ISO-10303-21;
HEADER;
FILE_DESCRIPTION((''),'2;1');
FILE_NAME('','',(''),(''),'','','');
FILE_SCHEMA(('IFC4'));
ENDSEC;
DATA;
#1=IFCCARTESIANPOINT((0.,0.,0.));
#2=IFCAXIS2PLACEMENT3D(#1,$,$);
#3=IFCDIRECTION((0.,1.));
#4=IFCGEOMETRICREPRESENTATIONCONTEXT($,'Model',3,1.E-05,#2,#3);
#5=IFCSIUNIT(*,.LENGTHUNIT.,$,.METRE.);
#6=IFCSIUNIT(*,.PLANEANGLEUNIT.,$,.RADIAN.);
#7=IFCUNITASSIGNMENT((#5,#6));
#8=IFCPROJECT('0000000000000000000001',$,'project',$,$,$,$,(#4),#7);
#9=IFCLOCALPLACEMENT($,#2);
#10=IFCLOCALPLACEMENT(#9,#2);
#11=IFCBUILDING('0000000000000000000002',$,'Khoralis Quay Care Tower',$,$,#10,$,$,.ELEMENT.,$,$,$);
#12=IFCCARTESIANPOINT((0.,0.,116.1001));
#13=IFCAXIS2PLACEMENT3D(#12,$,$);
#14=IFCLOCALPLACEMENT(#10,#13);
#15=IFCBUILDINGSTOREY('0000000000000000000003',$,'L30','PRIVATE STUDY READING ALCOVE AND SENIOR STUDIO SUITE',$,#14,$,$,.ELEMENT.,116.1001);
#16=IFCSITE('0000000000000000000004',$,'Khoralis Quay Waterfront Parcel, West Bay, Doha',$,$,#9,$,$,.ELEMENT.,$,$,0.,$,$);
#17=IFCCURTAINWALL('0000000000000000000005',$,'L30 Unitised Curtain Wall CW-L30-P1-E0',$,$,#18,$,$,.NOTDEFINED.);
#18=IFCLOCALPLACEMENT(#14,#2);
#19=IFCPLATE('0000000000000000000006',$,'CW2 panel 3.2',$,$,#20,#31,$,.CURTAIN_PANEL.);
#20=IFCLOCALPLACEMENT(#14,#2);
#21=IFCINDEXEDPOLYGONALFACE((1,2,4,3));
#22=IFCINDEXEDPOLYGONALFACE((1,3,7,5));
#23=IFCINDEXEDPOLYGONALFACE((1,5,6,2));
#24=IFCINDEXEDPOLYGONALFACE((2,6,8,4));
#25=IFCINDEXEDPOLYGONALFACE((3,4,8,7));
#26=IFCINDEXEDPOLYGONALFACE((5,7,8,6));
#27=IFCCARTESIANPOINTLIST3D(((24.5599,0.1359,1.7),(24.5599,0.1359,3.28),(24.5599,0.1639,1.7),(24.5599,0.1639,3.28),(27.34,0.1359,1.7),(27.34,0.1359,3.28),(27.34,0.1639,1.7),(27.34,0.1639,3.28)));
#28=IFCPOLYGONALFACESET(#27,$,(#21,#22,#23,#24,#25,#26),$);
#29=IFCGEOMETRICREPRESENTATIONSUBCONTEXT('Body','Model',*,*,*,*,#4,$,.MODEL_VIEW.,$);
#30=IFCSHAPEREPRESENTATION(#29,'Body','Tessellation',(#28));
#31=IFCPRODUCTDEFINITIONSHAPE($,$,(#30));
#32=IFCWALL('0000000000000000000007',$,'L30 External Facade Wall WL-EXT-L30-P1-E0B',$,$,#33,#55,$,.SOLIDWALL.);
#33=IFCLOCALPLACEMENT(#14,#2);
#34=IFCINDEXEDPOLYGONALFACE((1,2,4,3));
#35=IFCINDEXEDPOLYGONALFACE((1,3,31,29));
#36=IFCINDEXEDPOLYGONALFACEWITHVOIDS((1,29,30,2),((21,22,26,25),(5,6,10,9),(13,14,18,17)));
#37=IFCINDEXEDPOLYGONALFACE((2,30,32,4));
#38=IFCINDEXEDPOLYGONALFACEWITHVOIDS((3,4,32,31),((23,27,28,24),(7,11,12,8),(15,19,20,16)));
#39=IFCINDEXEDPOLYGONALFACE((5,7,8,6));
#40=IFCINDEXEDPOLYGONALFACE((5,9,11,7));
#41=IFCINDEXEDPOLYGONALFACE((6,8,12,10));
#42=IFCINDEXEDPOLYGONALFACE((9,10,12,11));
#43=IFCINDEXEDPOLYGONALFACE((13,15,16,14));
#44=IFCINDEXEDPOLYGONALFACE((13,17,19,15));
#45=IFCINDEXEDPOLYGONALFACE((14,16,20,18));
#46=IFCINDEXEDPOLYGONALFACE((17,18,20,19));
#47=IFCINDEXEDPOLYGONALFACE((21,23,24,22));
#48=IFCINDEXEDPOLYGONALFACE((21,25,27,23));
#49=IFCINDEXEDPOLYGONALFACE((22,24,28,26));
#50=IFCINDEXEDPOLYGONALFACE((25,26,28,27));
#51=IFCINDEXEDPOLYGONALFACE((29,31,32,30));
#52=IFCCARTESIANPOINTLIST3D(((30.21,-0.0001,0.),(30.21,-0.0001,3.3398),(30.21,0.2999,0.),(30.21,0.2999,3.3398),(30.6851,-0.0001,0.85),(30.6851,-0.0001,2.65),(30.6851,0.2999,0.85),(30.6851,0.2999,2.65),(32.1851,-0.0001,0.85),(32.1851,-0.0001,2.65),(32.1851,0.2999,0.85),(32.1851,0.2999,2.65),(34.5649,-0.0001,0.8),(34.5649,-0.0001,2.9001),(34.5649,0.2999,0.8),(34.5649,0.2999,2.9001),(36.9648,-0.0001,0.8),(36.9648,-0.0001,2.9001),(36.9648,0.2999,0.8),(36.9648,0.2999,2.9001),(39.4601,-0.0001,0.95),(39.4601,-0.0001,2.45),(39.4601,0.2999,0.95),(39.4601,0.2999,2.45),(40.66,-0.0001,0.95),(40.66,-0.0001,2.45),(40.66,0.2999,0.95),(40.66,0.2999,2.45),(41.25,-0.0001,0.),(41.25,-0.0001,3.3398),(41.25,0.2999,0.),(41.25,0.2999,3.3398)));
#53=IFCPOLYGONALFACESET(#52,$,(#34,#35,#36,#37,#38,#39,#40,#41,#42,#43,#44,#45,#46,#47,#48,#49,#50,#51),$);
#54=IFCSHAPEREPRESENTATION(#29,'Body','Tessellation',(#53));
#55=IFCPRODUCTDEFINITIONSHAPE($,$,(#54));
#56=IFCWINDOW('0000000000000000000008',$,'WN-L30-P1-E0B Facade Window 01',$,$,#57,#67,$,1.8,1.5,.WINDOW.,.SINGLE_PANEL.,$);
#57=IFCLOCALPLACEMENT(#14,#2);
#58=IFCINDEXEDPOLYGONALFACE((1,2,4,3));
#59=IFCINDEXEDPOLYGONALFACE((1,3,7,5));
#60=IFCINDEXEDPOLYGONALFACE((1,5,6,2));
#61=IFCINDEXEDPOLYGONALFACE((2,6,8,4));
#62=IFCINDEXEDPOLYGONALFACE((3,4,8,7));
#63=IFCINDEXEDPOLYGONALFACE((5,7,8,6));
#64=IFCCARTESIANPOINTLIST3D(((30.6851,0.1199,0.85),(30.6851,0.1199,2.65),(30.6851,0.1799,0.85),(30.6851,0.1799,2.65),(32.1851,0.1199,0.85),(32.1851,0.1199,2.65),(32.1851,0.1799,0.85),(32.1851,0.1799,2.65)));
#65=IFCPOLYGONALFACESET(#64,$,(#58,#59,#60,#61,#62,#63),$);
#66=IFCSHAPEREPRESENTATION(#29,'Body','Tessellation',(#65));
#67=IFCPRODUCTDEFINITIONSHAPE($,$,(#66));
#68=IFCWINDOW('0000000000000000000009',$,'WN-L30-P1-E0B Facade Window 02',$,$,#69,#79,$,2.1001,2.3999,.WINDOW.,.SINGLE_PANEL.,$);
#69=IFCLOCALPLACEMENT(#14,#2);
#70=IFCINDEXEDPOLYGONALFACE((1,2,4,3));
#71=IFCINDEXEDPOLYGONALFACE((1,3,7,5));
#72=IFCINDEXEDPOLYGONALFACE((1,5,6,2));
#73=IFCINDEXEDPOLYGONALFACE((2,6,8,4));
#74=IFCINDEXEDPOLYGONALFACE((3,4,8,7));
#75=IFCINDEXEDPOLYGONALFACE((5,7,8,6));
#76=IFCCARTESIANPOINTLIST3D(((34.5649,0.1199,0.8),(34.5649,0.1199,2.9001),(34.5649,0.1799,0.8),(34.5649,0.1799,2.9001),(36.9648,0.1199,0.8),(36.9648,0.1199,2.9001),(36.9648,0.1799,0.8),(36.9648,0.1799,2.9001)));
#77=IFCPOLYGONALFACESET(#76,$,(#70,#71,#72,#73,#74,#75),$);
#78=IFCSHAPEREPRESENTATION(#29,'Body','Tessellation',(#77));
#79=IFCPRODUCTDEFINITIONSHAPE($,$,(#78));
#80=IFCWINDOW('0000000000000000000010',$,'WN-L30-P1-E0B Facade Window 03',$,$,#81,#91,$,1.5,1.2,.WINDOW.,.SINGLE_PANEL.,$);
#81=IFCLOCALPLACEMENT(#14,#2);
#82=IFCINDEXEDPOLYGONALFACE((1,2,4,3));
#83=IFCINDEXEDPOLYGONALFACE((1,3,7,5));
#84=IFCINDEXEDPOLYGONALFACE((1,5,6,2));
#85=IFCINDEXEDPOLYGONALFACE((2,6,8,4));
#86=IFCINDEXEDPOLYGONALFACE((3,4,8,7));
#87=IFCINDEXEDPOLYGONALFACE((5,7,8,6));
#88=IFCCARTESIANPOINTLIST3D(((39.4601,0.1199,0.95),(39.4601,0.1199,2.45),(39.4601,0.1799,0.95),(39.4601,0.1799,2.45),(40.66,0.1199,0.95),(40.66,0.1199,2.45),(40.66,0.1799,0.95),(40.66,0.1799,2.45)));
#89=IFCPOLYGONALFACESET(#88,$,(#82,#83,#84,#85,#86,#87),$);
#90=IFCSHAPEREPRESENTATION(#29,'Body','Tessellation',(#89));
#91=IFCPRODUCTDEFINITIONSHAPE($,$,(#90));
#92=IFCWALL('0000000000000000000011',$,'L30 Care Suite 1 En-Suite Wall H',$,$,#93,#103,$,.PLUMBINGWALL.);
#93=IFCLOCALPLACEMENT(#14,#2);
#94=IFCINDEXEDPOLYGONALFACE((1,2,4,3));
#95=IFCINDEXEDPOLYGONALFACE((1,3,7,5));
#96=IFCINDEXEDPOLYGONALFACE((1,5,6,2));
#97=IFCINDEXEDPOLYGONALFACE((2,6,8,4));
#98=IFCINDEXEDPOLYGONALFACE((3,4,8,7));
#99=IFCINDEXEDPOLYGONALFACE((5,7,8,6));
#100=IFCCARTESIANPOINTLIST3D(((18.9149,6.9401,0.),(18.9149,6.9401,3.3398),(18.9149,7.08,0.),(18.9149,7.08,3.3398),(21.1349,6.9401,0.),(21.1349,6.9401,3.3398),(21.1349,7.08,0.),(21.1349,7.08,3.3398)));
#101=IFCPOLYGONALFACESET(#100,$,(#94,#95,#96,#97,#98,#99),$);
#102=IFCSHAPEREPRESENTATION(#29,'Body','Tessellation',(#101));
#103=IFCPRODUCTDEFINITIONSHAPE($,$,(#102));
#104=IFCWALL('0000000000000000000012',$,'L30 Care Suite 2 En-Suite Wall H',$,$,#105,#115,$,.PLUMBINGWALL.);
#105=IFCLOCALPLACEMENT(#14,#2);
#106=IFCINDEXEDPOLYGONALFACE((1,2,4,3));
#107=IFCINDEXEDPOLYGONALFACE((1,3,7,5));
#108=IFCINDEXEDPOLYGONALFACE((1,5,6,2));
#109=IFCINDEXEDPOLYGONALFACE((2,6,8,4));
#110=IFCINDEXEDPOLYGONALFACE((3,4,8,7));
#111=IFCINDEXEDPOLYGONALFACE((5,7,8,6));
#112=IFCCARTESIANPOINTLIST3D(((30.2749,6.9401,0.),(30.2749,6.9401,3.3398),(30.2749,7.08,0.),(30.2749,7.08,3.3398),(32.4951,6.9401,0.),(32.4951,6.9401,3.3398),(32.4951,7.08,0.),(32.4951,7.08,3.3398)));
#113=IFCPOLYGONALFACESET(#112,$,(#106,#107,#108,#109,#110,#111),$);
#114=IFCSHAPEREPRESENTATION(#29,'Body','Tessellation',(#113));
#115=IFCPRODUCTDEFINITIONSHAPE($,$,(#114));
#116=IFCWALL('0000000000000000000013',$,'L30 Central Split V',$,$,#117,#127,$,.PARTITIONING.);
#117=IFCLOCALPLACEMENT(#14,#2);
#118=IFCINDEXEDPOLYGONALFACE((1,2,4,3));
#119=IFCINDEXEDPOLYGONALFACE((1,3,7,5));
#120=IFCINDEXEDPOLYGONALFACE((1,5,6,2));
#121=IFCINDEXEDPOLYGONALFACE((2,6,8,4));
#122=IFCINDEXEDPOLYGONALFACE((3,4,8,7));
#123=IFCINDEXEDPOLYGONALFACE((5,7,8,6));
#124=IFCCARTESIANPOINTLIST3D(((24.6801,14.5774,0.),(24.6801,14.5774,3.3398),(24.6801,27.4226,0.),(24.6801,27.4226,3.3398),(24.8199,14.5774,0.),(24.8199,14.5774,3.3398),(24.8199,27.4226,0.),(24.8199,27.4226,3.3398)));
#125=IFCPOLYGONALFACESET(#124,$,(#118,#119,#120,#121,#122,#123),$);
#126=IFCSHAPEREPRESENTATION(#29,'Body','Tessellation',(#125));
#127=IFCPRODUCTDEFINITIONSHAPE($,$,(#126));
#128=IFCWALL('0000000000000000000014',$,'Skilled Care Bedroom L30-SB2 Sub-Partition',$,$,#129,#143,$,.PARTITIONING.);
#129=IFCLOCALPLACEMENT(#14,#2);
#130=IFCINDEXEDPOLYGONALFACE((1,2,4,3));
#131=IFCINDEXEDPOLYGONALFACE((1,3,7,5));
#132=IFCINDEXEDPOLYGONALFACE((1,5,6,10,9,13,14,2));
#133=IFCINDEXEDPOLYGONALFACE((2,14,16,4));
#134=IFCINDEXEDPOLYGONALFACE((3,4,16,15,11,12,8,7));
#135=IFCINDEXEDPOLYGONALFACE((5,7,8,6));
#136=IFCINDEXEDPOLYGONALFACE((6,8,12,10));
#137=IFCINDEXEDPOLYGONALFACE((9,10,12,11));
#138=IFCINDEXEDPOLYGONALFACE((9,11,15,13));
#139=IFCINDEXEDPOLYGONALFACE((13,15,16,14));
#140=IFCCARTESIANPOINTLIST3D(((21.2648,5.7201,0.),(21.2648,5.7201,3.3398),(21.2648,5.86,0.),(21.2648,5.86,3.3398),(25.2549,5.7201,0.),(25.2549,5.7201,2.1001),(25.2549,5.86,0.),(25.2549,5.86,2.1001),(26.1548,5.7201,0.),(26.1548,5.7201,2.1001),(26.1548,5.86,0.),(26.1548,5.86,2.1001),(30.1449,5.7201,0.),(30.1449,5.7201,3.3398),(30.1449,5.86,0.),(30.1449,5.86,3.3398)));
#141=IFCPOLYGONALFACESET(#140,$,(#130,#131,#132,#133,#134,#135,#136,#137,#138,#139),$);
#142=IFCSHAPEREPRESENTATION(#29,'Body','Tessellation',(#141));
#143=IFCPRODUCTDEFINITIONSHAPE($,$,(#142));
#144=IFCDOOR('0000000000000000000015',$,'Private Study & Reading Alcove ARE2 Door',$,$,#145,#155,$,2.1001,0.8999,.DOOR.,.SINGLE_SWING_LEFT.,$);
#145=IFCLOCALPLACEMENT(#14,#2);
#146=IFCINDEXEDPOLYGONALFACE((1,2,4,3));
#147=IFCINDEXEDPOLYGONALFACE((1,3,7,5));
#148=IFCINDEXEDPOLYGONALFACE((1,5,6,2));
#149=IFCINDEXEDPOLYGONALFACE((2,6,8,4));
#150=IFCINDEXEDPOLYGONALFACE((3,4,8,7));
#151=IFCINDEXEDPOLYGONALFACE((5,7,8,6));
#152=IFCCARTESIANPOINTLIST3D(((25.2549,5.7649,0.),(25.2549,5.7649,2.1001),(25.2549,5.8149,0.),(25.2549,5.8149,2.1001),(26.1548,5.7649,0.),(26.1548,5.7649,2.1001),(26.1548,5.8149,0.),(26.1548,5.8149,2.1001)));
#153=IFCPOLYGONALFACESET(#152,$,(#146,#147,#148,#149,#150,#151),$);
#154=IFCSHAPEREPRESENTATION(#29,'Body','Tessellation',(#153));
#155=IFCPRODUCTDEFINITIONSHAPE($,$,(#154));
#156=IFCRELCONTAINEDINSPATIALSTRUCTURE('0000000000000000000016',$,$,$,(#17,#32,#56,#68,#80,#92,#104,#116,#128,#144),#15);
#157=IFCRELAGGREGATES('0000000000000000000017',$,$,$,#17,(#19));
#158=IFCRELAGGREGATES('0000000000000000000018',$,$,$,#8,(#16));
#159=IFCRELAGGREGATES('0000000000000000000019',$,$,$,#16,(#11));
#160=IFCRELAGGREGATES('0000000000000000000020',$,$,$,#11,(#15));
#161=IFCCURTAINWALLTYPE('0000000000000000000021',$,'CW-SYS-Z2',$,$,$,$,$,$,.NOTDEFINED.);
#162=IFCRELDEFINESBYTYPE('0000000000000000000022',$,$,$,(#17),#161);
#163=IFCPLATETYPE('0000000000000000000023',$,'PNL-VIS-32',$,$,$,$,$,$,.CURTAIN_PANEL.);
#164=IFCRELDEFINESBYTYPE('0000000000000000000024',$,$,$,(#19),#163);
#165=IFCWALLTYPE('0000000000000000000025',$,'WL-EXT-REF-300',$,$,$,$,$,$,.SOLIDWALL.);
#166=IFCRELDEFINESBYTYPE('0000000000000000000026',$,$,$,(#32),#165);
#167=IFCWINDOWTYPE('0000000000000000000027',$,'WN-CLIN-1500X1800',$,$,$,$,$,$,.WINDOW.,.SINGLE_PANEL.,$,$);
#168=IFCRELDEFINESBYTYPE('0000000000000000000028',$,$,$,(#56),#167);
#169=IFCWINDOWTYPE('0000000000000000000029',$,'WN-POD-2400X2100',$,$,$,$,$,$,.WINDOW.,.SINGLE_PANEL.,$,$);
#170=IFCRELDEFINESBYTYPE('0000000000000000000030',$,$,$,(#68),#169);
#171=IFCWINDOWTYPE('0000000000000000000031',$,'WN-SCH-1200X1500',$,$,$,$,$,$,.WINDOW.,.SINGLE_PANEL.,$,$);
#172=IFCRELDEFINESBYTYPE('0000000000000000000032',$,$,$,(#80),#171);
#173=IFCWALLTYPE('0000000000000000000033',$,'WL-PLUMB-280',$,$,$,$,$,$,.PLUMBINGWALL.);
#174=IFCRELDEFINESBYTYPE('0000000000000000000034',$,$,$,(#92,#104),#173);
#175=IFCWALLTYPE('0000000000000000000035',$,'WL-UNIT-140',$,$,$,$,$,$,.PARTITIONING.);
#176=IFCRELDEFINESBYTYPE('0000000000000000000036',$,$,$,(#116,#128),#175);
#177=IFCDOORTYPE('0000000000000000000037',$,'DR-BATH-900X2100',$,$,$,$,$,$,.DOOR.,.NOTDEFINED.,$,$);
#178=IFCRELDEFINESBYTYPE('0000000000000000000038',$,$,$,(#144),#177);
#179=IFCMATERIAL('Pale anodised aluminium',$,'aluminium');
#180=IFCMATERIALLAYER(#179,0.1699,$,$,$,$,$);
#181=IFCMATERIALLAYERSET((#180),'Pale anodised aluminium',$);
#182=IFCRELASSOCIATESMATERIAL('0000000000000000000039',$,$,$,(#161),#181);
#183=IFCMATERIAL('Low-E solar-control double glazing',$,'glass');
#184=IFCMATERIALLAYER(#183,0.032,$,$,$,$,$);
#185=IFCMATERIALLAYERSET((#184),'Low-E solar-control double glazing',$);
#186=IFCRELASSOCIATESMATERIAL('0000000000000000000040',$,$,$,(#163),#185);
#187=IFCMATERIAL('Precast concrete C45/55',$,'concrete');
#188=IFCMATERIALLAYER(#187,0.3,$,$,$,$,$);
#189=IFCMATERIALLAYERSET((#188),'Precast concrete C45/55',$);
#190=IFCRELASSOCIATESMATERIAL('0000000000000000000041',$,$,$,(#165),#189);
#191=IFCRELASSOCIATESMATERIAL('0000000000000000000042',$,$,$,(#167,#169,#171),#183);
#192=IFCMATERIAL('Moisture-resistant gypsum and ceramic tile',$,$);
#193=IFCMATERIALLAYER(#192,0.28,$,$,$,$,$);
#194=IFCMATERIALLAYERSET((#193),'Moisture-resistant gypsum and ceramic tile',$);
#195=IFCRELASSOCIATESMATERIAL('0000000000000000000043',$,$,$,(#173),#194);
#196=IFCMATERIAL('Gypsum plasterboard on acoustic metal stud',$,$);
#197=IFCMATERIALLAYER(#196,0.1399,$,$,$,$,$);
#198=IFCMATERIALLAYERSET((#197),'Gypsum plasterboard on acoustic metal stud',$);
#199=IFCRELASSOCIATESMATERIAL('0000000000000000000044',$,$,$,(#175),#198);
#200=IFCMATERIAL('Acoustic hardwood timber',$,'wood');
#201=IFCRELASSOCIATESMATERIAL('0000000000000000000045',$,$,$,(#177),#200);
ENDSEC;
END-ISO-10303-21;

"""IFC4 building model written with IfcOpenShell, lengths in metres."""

from ifc_helpers import new_model, si_unit, direction, frame, frame_2d, origin, origin_2d, place, context, subcontext, project, spatial, rectangle, extrude, source, transform, mapped, material, layer, layer_set, type_object, element, fill, aggregate, save


model = new_model("IFC4")

# Units and contexts
model_context = context("Model", 3, precision=1e-05, world=origin(), true_north=direction((0.0, 1.0)))
body_context = subcontext(model_context, "Body", "Model", "MODEL_VIEW")
ifc_project = project(units=[si_unit("LENGTHUNIT", "METRE"), si_unit("PLANEANGLEUNIT", "RADIAN")], contexts=[model_context])

# Site, building, storey
site_placement = place(None, origin())
site = spatial("IfcSite", under=ifc_project, at=site_placement, Name="Khoralis Quay Waterfront Parcel, West Bay, Doha", CompositionType="ELEMENT", RefElevation=0.0)
building_placement = place(site_placement, origin())
building = spatial("IfcBuilding", under=site, at=building_placement, Name="Khoralis Quay Care Tower", CompositionType="ELEMENT")
storey_placement = place(building_placement, frame((0.0, 0.0, 116.1001)))
storey = spatial("IfcBuildingStorey", under=building, at=storey_placement, Name="L30", Description="PRIVATE STUDY READING ALCOVE AND SENIOR STUDIO SUITE", CompositionType="ELEMENT", Elevation=116.1001)

# Curtain wall, plate
ifc_material_1 = material(Name="Pale anodised aluminium", Category="aluminium")
ifc_layer_1 = layer(ifc_material_1, 0.1699)
ifc_layer_set_1 = layer_set([ifc_layer_1], Name="Pale anodised aluminium")
curtain_wall_type = type_object("IfcCurtainWallType", Name="CW-SYS-Z2", PredefinedType="NOTDEFINED", material=ifc_layer_set_1)
curtain_wall_placement = place(storey_placement, origin())
curtain_wall = element("IfcCurtainWall", 1, at=curtain_wall_placement, inside=storey, type_object=curtain_wall_type, Name="L30 Unitised Curtain Wall CW-L30-P1-E0", PredefinedType="NOTDEFINED")
ifc_material_2 = material(Name="Low-E solar-control double glazing", Category="glass")
ifc_layer_2 = layer(ifc_material_2, 0.032)
ifc_layer_set_2 = layer_set([ifc_layer_2], Name="Low-E solar-control double glazing")
plate_type = type_object("IfcPlateType", Name="PNL-VIS-32", PredefinedType="CURTAIN_PANEL", material=ifc_layer_set_2)
shared_shape_1 = source(origin(), body_context, "Body", "SweptSolid", [
    extrude(rectangle(XDim=2.78, YDim=0.0281, at=origin_2d()), origin(), (0.0, 0.0, 1.0), 1.5801),
])
plate_1_placement = place(storey_placement, frame((25.95, 0.1499, 1.7), z_axis=(0.0, 0.0, 1.0), x_axis=(1.0, 0.0, 0.0)))
plate_1 = element("IfcPlate", 2, at=plate_1_placement, type_object=plate_type, Name="CW2 panel 3.2", PredefinedType="CURTAIN_PANEL", context=body_context, shape_type="MappedRepresentation", body=[
    mapped(shared_shape_1, transform((0.0, 0.0, 0.0), scale=1.0)),
])
aggregate(curtain_wall, [plate_1])

# Wall, openings, windows
ifc_material_3 = material(Name="Precast concrete C45/55", Category="concrete")
ifc_layer_3 = layer(ifc_material_3, 0.3)
ifc_layer_set_3 = layer_set([ifc_layer_3], Name="Precast concrete C45/55")
wall_type_1 = type_object("IfcWallType", Name="WL-EXT-REF-300", PredefinedType="SOLIDWALL", material=ifc_layer_set_3)
wall_1_placement = place(storey_placement, frame((30.21, 0.1499, 0.0), z_axis=(0.0, 0.0, 1.0), x_axis=(1.0, 0.0, 0.0)))
wall_1 = element("IfcWall", 3, at=wall_1_placement, inside=storey, type_object=wall_type_1, Name="L30 External Facade Wall WL-EXT-L30-P1-E0B", PredefinedType="SOLIDWALL", context=body_context, shape_type="SweptSolid", body=[
    extrude(rectangle(XDim=11.04, YDim=0.3, at=frame_2d((5.52, 0.0))), origin(), (0.0, 0.0, 1.0), 3.3398),
])
opening_1_placement = place(wall_1_placement, frame((0.4751, 0.0, 0.8501)))
opening_1 = element("IfcOpeningElement", 4, at=opening_1_placement, cuts=wall_1, PredefinedType="OPENING", context=body_context, shape_type="SweptSolid", body=[
    extrude(rectangle(XDim=1.5, YDim=1.8, at=frame_2d((0.75, 0.8999))), frame((0.0, 0.1602, 0.0), z_axis=(0.0, -1.0, 0.0), x_axis=(1.0, 0.0, 0.0)), (0.0, 0.0, 1.0), 0.3201),
])
opening_2_placement = place(wall_1_placement, frame((4.355, 0.0, 0.8)))
opening_2 = element("IfcOpeningElement", 5, at=opening_2_placement, cuts=wall_1, PredefinedType="OPENING", context=body_context, shape_type="SweptSolid", body=[
    extrude(rectangle(XDim=2.3999, YDim=2.1001, at=frame_2d((1.2, 1.05))), frame((0.0, 0.1602, 0.0), z_axis=(0.0, -1.0, 0.0), x_axis=(1.0, 0.0, 0.0)), (0.0, 0.0, 1.0), 0.3201),
])
opening_3_placement = place(wall_1_placement, frame((9.25, 0.0, 0.95)))
opening_3 = element("IfcOpeningElement", 6, at=opening_3_placement, cuts=wall_1, PredefinedType="OPENING", context=body_context, shape_type="SweptSolid", body=[
    extrude(rectangle(XDim=1.2, YDim=1.5, at=frame_2d((0.6001, 0.75))), frame((0.0, 0.1602, 0.0), z_axis=(0.0, -1.0, 0.0), x_axis=(1.0, 0.0, 0.0)), (0.0, 0.0, 1.0), 0.3201),
])
window_type_1 = type_object("IfcWindowType", Name="WN-CLIN-1500X1800", PartitioningType="SINGLE_PANEL", PredefinedType="WINDOW", material=ifc_material_2)
shared_shape_2 = source(origin(), body_context, "Body", "SweptSolid", [
    extrude(rectangle(XDim=1.5, YDim=1.8, at=frame_2d((0.75, 0.8999))), frame((0.0, 0.03, 0.0), z_axis=(0.0, -1.0, 0.0), x_axis=(1.0, 0.0, 0.0)), (0.0, 0.0, 1.0), 0.0601),
])
window_1_placement = place(opening_1_placement, origin())
window_1 = element("IfcWindow", 7, at=window_1_placement, inside=storey, type_object=window_type_1, Name="WN-L30-P1-E0B Facade Window 01", OverallHeight=1.8, OverallWidth=1.5, PartitioningType="SINGLE_PANEL", PredefinedType="WINDOW", context=body_context, shape_type="MappedRepresentation", body=[
    mapped(shared_shape_2, transform((0.0, 0.0, 0.0), scale=1.0)),
])
fill(opening_1, window_1)
window_type_2 = type_object("IfcWindowType", Name="WN-POD-2400X2100", PartitioningType="SINGLE_PANEL", PredefinedType="WINDOW", material=ifc_material_2)
shared_shape_3 = source(origin(), body_context, "Body", "SweptSolid", [
    extrude(rectangle(XDim=2.3999, YDim=2.1001, at=frame_2d((1.2, 1.05))), frame((0.0, 0.03, 0.0), z_axis=(0.0, -1.0, 0.0), x_axis=(1.0, 0.0, 0.0)), (0.0, 0.0, 1.0), 0.0601),
])
window_2_placement = place(opening_2_placement, origin())
window_2 = element("IfcWindow", 8, at=window_2_placement, inside=storey, type_object=window_type_2, Name="WN-L30-P1-E0B Facade Window 02", OverallHeight=2.1001, OverallWidth=2.3999, PartitioningType="SINGLE_PANEL", PredefinedType="WINDOW", context=body_context, shape_type="MappedRepresentation", body=[
    mapped(shared_shape_3, transform((0.0, 0.0, 0.0), scale=1.0)),
])
fill(opening_2, window_2)
window_type_3 = type_object("IfcWindowType", Name="WN-SCH-1200X1500", PartitioningType="SINGLE_PANEL", PredefinedType="WINDOW", material=ifc_material_2)
shared_shape_4 = source(origin(), body_context, "Body", "SweptSolid", [
    extrude(rectangle(XDim=1.2, YDim=1.5, at=frame_2d((0.6001, 0.75))), frame((0.0, 0.03, 0.0), z_axis=(0.0, -1.0, 0.0), x_axis=(1.0, 0.0, 0.0)), (0.0, 0.0, 1.0), 0.0601),
])
window_3_placement = place(opening_3_placement, origin())
window_3 = element("IfcWindow", 9, at=window_3_placement, inside=storey, type_object=window_type_3, Name="WN-L30-P1-E0B Facade Window 03", OverallHeight=1.5, OverallWidth=1.2, PartitioningType="SINGLE_PANEL", PredefinedType="WINDOW", context=body_context, shape_type="MappedRepresentation", body=[
    mapped(shared_shape_4, transform((0.0, 0.0, 0.0), scale=1.0)),
])
fill(opening_3, window_3)

# Walls
ifc_material_4 = material(Name="Moisture-resistant gypsum and ceramic tile")
ifc_layer_4 = layer(ifc_material_4, 0.28)
ifc_layer_set_4 = layer_set([ifc_layer_4], Name="Moisture-resistant gypsum and ceramic tile")
wall_type_2 = type_object("IfcWallType", Name="WL-PLUMB-280", PredefinedType="PLUMBINGWALL", material=ifc_layer_set_4)
wall_2_placement = place(storey_placement, frame((18.915, 7.01, 0.0), z_axis=(0.0, 0.0, 1.0), x_axis=(1.0, 0.0, 0.0)))
element("IfcWall", 10, at=wall_2_placement, inside=storey, type_object=wall_type_2, Name="L30 Care Suite 1 En-Suite Wall H", PredefinedType="PLUMBINGWALL", context=body_context, shape_type="SweptSolid", body=[
    extrude(rectangle(XDim=2.22, YDim=0.1399, at=frame_2d((1.1099, 0.0))), origin(), (0.0, 0.0, 1.0), 3.3398),
])
wall_3_placement = place(storey_placement, frame((30.2749, 7.01, 0.0), z_axis=(0.0, 0.0, 1.0), x_axis=(1.0, 0.0, 0.0)))
element("IfcWall", 11, at=wall_3_placement, inside=storey, type_object=wall_type_2, Name="L30 Care Suite 2 En-Suite Wall H", PredefinedType="PLUMBINGWALL", context=body_context, shape_type="SweptSolid", body=[
    extrude(rectangle(XDim=2.2202, YDim=0.1399, at=frame_2d((1.1101, 0.0))), origin(), (0.0, 0.0, 1.0), 3.3398),
])
ifc_material_5 = material(Name="Gypsum plasterboard on acoustic metal stud")
ifc_layer_5 = layer(ifc_material_5, 0.1399)
ifc_layer_set_5 = layer_set([ifc_layer_5], Name="Gypsum plasterboard on acoustic metal stud")
wall_type_3 = type_object("IfcWallType", Name="WL-UNIT-140", PredefinedType="PARTITIONING", material=ifc_layer_set_5)
wall_4_placement = place(storey_placement, frame((24.75, 14.5774, 0.0), z_axis=(0.0, 0.0, 1.0), x_axis=(0.0, 1.0, 0.0)))
element("IfcWall", 12, at=wall_4_placement, inside=storey, type_object=wall_type_3, Name="L30 Central Split V", PredefinedType="PARTITIONING", context=body_context, shape_type="SweptSolid", body=[
    extrude(rectangle(XDim=12.8452, YDim=0.1399, at=frame_2d((6.4226, 0.0))), origin(), (0.0, 0.0, 1.0), 3.3398),
])

# Wall, opening, door
wall_5_placement = place(storey_placement, frame((21.2649, 5.79, 0.0), z_axis=(0.0, 0.0, 1.0), x_axis=(1.0, 0.0, 0.0)))
wall_5 = element("IfcWall", 13, at=wall_5_placement, inside=storey, type_object=wall_type_3, Name="Skilled Care Bedroom L30-SB2 Sub-Partition", PredefinedType="PARTITIONING", context=body_context, shape_type="SweptSolid", body=[
    extrude(rectangle(XDim=8.8801, YDim=0.1399, at=frame_2d((4.4399, 0.0))), origin(), (0.0, 0.0, 1.0), 3.3398),
])
opening_4_placement = place(wall_5_placement, frame((3.99, 0.0, 0.0)))
opening_4 = element("IfcOpeningElement", 14, at=opening_4_placement, cuts=wall_5, PredefinedType="OPENING", context=body_context, shape_type="SweptSolid", body=[
    extrude(rectangle(XDim=0.8999, YDim=2.1001, at=frame_2d((0.45, 1.05))), frame((0.0, 0.0801, 0.0), z_axis=(0.0, -1.0, 0.0), x_axis=(1.0, 0.0, 0.0)), (0.0, 0.0, 1.0), 0.1599),
])
ifc_material_6 = material(Name="Acoustic hardwood timber", Category="wood")
door_type = type_object("IfcDoorType", Name="DR-BATH-900X2100", OperationType="NOTDEFINED", PredefinedType="DOOR", material=ifc_material_6)
shared_shape_5 = source(origin(), body_context, "Body", "SweptSolid", [
    extrude(rectangle(XDim=0.8999, YDim=2.1001, at=frame_2d((0.45, 1.05))), frame((0.0, 0.0249, 0.0), z_axis=(0.0, -1.0, 0.0), x_axis=(1.0, 0.0, 0.0)), (0.0, 0.0, 1.0), 0.05),
])
door_placement = place(opening_4_placement, origin())
door = element("IfcDoor", 15, at=door_placement, inside=storey, type_object=door_type, Name="Private Study & Reading Alcove ARE2 Door", OperationType="SINGLE_SWING_LEFT", OverallHeight=2.1001, OverallWidth=0.8999, PredefinedType="DOOR", context=body_context, shape_type="MappedRepresentation", body=[
    mapped(shared_shape_5, transform((0.0, 0.0, 0.0), scale=1.0)),
])
fill(opening_4, door)

save(model, "model.ifc")
